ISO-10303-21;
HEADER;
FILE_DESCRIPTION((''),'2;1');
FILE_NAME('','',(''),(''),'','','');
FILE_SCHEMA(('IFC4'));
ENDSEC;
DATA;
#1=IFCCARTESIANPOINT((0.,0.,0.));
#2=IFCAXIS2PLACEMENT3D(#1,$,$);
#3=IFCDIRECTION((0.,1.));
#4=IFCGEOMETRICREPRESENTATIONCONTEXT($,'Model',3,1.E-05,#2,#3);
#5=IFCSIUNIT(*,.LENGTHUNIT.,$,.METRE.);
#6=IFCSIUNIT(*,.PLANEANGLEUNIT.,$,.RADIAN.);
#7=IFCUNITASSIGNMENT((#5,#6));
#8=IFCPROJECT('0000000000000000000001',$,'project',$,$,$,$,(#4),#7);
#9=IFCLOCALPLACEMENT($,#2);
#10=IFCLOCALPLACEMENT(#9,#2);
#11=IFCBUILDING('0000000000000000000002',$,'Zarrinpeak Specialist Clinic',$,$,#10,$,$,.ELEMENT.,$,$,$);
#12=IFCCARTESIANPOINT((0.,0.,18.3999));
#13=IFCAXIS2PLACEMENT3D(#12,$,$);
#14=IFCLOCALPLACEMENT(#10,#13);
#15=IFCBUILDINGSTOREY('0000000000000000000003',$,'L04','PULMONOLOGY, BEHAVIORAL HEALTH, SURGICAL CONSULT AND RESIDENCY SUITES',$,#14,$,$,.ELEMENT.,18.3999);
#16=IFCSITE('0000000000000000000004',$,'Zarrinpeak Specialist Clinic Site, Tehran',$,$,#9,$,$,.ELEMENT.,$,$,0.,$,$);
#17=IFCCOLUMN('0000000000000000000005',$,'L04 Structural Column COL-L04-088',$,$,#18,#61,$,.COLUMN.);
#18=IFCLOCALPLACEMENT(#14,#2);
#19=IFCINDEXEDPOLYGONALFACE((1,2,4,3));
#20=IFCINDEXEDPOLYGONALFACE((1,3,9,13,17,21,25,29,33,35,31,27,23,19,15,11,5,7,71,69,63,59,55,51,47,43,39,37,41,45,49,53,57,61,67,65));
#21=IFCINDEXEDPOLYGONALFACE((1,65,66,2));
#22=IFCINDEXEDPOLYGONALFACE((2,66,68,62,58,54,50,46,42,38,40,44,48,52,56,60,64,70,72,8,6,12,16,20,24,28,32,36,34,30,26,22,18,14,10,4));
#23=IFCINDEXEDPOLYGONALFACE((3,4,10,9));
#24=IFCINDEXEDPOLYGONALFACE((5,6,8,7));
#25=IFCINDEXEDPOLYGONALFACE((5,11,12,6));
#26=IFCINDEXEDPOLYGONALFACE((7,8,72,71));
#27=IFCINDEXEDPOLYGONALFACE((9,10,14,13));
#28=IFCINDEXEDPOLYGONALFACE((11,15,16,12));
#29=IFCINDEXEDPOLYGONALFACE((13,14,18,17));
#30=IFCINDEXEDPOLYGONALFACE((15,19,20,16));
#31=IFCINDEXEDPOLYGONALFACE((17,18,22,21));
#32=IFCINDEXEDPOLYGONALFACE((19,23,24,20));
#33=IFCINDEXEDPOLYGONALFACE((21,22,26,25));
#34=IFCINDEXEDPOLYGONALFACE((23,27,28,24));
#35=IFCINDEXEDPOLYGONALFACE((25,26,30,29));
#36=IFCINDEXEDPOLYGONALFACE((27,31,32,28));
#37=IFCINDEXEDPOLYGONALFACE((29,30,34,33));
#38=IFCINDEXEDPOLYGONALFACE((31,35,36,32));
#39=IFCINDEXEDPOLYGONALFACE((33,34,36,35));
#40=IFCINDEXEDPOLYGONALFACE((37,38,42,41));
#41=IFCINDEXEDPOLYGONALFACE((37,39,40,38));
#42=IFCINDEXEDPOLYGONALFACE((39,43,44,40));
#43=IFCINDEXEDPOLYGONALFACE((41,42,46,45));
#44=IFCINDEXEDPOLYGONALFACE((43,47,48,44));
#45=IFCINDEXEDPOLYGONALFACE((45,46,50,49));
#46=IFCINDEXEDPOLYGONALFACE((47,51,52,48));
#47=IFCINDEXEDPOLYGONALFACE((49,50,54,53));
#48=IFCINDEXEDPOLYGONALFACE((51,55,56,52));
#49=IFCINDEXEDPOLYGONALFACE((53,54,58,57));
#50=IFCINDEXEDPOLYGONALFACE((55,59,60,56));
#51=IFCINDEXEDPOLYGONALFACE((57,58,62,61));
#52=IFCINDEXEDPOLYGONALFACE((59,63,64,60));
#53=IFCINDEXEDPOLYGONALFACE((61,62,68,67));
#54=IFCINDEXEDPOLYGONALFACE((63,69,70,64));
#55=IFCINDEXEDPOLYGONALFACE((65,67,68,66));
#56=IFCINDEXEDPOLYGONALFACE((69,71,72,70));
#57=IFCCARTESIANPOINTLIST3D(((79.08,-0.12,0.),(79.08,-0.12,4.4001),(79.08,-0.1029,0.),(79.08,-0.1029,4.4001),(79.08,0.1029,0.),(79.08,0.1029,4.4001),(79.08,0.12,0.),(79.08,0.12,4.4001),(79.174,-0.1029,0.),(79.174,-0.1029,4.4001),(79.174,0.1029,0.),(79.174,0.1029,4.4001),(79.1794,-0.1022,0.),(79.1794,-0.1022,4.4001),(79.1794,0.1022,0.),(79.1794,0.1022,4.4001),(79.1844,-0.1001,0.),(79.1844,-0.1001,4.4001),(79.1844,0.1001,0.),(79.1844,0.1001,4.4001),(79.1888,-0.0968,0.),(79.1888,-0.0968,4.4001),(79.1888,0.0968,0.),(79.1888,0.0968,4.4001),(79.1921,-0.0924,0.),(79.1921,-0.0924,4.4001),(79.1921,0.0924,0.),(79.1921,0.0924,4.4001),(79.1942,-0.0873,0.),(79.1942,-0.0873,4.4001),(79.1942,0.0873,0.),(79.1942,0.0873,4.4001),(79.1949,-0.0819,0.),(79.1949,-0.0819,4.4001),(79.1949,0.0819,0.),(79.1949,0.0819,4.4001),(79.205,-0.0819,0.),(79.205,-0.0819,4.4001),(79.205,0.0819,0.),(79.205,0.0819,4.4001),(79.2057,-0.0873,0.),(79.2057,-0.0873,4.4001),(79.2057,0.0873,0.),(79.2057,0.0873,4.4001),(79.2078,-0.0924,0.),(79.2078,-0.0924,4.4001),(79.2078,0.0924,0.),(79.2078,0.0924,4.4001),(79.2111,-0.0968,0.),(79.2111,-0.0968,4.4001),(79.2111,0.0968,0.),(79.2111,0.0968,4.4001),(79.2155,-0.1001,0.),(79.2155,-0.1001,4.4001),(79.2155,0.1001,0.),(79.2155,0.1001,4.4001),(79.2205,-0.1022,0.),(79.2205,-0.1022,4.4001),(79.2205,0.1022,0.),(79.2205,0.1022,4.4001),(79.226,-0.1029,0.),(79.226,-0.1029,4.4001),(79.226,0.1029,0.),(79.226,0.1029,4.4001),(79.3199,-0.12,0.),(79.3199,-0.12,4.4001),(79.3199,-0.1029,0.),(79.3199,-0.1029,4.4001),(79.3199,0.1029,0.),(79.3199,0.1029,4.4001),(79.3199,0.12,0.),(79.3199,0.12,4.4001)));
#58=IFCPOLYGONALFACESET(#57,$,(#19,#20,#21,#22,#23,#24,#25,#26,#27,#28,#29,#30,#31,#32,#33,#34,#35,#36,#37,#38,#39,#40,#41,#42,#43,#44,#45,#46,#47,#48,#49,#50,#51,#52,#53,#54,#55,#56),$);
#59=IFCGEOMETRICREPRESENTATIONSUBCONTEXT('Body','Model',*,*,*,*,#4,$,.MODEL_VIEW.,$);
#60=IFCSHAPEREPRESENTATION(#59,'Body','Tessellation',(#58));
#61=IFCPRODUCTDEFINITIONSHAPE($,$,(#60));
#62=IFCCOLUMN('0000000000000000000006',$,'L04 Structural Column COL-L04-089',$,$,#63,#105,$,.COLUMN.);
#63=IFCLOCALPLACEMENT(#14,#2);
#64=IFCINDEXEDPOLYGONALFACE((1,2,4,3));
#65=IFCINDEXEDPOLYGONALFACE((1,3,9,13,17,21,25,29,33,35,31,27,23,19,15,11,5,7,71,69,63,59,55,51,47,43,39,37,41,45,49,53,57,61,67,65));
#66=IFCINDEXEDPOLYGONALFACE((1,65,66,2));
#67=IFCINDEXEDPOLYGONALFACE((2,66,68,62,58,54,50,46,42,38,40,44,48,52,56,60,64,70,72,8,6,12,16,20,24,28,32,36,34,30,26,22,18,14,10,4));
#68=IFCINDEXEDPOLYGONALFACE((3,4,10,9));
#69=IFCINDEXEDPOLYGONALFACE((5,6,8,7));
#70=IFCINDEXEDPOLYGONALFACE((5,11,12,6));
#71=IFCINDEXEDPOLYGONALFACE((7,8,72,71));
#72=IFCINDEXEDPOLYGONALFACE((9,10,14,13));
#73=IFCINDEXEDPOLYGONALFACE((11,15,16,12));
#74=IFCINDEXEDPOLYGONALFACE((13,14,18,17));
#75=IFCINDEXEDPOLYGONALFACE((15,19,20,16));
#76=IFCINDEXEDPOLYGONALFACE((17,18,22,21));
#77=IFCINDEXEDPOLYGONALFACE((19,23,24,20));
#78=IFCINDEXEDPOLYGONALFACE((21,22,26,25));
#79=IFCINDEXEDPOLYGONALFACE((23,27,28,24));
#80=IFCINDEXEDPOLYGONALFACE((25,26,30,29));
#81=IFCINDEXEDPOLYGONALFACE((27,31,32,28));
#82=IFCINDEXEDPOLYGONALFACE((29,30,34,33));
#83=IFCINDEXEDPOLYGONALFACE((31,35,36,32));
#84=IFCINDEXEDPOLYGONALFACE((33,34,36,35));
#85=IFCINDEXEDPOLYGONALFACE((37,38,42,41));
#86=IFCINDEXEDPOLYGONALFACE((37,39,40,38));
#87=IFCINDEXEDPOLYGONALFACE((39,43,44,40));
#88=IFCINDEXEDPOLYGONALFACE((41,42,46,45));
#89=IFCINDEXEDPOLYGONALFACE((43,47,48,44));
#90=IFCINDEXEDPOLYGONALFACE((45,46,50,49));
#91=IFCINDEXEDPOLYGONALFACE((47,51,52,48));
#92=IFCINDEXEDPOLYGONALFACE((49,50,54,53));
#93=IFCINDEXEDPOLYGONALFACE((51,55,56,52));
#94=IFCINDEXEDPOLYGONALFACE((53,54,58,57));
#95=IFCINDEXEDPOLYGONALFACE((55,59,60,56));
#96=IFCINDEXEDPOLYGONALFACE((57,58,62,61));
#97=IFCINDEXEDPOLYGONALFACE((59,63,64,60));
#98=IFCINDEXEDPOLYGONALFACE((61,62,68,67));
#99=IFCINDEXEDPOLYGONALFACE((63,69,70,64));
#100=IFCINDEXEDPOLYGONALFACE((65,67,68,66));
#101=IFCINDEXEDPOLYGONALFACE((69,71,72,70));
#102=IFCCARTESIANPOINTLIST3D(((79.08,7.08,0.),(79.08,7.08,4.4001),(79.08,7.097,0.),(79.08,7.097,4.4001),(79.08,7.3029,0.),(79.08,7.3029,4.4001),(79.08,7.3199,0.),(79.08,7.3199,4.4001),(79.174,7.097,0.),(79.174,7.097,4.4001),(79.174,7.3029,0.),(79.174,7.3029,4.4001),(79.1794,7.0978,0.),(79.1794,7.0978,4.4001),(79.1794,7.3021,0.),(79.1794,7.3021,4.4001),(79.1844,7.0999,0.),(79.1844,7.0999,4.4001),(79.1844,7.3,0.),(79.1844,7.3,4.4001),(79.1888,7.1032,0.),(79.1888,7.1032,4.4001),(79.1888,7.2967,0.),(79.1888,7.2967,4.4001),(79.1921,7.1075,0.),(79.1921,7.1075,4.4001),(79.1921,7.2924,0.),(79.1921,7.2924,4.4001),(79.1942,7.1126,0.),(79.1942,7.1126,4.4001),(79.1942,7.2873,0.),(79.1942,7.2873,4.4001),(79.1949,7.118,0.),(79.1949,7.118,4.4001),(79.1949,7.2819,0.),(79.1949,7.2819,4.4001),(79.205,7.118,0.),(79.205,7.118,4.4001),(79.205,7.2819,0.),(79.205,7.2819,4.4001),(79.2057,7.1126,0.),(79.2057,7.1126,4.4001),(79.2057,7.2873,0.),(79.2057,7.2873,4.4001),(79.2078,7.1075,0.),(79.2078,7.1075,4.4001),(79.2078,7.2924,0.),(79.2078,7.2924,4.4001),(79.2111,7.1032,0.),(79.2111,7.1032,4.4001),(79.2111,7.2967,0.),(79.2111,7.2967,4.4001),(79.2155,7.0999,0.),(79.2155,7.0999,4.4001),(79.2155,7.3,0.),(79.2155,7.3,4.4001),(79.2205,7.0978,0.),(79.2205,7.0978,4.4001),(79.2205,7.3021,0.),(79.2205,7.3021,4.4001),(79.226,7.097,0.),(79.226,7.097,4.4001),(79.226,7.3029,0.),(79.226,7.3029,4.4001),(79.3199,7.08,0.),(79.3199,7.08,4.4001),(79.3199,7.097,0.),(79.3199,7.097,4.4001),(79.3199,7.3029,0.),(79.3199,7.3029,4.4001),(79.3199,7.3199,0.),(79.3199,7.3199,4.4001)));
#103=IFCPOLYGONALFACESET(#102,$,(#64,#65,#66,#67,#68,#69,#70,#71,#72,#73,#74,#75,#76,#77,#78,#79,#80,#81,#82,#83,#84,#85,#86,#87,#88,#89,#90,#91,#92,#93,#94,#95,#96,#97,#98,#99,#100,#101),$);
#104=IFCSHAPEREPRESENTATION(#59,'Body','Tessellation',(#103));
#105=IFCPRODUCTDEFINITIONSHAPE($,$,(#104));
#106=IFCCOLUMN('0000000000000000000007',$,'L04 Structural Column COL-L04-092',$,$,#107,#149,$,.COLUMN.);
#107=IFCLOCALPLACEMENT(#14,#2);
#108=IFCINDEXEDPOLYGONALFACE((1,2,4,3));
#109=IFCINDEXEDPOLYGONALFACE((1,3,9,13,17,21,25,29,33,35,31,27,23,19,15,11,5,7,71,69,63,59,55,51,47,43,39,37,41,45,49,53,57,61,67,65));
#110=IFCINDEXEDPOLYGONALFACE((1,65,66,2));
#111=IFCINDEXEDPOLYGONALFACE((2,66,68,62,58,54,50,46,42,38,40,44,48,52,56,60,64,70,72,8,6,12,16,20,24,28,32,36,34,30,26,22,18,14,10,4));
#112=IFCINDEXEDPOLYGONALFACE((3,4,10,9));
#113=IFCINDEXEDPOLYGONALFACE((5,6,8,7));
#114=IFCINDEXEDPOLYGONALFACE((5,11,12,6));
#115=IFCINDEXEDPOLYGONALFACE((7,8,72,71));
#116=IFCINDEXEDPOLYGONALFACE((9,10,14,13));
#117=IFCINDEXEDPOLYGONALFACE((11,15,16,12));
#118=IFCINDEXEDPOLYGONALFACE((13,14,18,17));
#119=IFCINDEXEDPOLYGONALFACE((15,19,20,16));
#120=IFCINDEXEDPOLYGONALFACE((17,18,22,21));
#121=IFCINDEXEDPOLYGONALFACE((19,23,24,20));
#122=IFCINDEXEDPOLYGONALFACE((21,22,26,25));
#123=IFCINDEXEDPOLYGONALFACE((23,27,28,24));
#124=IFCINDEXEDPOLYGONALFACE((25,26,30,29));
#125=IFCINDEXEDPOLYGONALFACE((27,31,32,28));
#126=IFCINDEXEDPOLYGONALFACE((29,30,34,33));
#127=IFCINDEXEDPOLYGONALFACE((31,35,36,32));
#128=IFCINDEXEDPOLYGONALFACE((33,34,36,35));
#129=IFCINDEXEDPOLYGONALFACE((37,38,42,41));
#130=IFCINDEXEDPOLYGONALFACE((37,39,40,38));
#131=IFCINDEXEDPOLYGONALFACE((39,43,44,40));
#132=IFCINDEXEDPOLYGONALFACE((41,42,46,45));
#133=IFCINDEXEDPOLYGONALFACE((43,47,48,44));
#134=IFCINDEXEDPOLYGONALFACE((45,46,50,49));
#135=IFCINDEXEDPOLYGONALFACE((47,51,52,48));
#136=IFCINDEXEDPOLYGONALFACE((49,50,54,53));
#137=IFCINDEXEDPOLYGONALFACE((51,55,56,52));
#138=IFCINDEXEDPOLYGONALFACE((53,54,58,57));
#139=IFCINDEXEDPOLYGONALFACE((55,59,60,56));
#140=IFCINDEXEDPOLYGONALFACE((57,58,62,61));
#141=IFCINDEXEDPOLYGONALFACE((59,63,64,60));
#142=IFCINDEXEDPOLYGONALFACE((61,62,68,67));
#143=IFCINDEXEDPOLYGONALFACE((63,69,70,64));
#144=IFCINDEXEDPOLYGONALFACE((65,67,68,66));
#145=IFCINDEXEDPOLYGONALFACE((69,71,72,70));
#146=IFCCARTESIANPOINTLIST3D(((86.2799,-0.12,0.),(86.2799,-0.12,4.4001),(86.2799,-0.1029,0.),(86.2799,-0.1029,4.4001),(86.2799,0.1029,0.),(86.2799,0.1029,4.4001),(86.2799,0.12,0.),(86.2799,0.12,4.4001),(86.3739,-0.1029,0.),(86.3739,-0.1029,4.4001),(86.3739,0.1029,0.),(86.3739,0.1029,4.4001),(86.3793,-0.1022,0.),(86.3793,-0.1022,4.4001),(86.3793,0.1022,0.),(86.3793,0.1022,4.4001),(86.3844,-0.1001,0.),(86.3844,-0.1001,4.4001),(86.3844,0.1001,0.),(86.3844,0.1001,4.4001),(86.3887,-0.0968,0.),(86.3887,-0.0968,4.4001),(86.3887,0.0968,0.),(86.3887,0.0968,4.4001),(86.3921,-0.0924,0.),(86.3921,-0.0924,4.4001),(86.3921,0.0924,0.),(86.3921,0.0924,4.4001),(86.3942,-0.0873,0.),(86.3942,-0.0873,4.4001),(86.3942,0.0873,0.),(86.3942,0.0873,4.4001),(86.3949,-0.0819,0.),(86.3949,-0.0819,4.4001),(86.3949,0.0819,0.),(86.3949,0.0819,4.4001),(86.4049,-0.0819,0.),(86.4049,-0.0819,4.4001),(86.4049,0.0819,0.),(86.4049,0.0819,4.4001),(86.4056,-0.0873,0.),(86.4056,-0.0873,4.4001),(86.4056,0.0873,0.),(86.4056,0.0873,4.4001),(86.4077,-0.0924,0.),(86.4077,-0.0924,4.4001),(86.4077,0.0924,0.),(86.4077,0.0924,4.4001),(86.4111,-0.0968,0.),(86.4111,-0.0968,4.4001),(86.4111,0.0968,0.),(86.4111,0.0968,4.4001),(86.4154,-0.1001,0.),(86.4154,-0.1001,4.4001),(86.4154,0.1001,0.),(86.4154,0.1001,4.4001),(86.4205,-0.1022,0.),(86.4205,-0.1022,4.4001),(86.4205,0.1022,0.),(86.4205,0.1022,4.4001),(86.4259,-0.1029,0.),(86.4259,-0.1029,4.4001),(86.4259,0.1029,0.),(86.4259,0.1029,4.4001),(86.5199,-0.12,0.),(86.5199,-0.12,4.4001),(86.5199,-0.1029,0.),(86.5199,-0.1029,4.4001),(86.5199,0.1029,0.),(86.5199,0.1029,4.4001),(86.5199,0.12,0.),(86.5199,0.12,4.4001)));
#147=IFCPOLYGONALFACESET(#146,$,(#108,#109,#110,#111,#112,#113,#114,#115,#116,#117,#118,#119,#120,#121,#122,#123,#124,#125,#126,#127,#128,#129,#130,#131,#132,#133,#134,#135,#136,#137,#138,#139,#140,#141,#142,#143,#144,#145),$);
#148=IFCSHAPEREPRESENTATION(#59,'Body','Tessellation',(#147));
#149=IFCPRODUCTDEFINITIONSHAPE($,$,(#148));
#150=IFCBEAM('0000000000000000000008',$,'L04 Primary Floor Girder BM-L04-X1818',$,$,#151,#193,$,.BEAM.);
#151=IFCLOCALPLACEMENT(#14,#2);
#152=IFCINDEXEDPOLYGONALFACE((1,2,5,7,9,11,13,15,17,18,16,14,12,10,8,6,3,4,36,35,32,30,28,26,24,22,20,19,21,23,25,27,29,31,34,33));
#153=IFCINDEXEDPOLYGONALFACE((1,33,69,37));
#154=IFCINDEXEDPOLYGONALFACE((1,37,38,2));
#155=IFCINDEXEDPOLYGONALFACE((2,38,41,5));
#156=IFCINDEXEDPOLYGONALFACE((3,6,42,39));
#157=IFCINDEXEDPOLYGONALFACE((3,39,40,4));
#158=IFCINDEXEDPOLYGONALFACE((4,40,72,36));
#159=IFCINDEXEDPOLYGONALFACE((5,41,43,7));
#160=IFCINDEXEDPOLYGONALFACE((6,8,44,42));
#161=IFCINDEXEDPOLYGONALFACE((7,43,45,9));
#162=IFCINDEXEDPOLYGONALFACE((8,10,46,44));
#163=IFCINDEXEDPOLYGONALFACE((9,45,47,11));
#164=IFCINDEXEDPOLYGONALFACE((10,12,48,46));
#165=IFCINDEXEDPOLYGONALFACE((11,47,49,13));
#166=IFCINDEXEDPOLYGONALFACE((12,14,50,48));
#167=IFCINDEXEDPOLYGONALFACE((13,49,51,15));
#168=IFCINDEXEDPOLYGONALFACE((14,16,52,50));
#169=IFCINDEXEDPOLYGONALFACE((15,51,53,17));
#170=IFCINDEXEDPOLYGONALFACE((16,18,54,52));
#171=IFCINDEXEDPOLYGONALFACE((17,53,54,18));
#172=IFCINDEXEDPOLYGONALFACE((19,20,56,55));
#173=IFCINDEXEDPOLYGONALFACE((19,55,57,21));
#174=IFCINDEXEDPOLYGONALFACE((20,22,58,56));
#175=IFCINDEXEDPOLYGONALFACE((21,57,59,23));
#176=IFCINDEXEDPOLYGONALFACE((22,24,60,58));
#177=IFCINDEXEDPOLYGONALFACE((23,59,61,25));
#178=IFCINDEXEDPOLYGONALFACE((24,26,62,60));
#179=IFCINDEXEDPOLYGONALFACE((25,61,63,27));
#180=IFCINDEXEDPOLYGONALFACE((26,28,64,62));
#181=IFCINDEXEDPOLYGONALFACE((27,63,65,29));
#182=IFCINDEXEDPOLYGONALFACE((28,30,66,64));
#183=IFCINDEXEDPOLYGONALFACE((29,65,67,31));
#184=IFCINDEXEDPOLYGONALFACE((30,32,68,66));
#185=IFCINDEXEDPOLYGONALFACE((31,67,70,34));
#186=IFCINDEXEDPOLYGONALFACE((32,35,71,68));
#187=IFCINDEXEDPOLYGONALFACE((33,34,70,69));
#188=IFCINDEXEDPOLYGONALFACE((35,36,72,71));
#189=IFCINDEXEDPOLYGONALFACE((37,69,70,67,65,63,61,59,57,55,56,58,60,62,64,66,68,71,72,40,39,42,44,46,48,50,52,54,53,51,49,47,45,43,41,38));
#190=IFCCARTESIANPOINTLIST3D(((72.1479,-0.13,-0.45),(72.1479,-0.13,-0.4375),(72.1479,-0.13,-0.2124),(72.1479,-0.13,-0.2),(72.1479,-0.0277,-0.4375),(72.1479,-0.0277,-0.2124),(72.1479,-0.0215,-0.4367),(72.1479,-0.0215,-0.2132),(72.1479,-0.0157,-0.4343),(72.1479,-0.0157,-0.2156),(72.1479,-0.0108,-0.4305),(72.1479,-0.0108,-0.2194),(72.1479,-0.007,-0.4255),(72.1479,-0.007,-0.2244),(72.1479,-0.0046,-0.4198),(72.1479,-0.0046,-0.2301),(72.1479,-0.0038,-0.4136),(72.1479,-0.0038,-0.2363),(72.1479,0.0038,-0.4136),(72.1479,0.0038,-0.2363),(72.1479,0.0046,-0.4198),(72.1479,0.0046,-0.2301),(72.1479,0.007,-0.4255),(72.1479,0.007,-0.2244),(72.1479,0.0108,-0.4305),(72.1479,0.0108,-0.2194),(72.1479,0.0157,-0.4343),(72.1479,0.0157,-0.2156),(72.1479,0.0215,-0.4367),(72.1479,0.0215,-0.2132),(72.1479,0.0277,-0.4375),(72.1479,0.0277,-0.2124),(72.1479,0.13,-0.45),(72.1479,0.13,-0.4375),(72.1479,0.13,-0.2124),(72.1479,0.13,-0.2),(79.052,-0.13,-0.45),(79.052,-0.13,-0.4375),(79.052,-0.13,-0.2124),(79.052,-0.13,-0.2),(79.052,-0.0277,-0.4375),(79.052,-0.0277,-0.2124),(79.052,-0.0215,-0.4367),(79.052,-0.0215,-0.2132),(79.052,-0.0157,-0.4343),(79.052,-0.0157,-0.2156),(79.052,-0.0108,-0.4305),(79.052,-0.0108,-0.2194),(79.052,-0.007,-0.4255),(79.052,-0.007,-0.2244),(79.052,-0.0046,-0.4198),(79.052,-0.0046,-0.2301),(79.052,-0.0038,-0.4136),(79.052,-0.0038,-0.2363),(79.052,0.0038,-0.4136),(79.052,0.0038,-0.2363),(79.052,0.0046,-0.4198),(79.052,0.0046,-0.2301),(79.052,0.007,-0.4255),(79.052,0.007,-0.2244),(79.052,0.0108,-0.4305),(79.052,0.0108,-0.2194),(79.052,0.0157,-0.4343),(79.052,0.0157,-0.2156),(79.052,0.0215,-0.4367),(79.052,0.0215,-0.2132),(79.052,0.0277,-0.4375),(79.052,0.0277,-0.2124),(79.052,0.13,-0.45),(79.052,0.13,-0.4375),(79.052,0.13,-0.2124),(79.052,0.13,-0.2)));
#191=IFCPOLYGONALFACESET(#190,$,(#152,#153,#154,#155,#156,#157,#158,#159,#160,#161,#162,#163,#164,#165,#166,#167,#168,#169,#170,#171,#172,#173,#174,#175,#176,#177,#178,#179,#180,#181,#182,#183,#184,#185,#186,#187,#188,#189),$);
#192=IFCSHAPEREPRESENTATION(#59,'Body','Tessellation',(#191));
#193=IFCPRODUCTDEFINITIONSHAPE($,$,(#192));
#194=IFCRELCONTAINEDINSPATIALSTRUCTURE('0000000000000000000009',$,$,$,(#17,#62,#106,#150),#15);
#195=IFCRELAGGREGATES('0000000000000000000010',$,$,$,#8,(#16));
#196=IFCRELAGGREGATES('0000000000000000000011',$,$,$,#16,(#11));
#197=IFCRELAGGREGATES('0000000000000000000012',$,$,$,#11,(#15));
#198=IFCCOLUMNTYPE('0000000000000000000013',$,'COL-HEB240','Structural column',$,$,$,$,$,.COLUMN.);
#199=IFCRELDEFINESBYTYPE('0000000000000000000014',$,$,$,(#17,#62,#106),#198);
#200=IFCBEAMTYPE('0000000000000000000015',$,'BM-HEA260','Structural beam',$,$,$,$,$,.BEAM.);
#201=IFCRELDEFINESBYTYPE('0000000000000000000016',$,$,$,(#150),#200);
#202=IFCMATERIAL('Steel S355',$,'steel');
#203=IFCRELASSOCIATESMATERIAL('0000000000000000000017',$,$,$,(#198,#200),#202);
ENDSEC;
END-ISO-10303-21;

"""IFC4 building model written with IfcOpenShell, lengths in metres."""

from ifc_helpers import new_model, si_unit, direction, frame, origin, origin_2d, place, context, subcontext, project, spatial, i_section, extrude, material, material_profile, profile_set, type_object, element, save


model = new_model("IFC4")

# Units and contexts
model_context = context("Model", 3, precision=1e-05, world=origin(), true_north=direction((0.0, 1.0)))
body_context = subcontext(model_context, "Body", "Model", "MODEL_VIEW")
ifc_project = project(units=[si_unit("LENGTHUNIT", "METRE"), si_unit("PLANEANGLEUNIT", "RADIAN")], contexts=[model_context])

# Site, building, storey
site_placement = place(None, origin())
site = spatial("IfcSite", under=ifc_project, at=site_placement, Name="Zarrinpeak Specialist Clinic Site, Tehran", CompositionType="ELEMENT", RefElevation=0.0)
building_placement = place(site_placement, origin())
building = spatial("IfcBuilding", under=site, at=building_placement, Name="Zarrinpeak Specialist Clinic", CompositionType="ELEMENT")
storey_placement = place(building_placement, frame((0.0, 0.0, 18.3999)))
storey = spatial("IfcBuildingStorey", under=building, at=storey_placement, Name="L04", Description="PULMONOLOGY, BEHAVIORAL HEALTH, SURGICAL CONSULT AND RESIDENCY SUITES", CompositionType="ELEMENT", Elevation=18.3999)

# Columns
ifc_material_1 = material(Name="Steel S355", Category="steel")
ifc_material_profile_1 = material_profile(ifc_material_1, i_section(OverallWidth=0.24, OverallDepth=0.24, WebThickness=0.01, FlangeThickness=0.0171, FilletRadius=0.021, at=origin_2d()), Name="HEB 240")
ifc_profile_set_1 = profile_set([ifc_material_profile_1], Name="Steel S355")
column_type = type_object("IfcColumnType", Name="COL-HEB240", Description="Structural column", PredefinedType="COLUMN", material=ifc_profile_set_1)
for number, where, z_axis, x_axis, name in (
    (1, (79.2, 0.0, 0.0), (0.0, 0.0, 1.0), (1.0, 0.0, 0.0), "L04 Structural Column COL-L04-088"),
    (2, (79.2, 7.2, 0.0), (0.0, 0.0, 1.0), (1.0, 0.0, 0.0), "L04 Structural Column COL-L04-089"),
    (3, (86.3999, 0.0, 0.0), (0.0, 0.0, 1.0), (1.0, 0.0, 0.0), "L04 Structural Column COL-L04-092"),
):
    element("IfcColumn", number, at=place(storey_placement, frame(where, z_axis=z_axis, x_axis=x_axis)), inside=storey, type_object=column_type, Name=name, PredefinedType="COLUMN", context=body_context, shape_type="SweptSolid", body=[
        extrude(i_section(OverallWidth=0.24, OverallDepth=0.24, WebThickness=0.01, FlangeThickness=0.0171, FilletRadius=0.021, at=origin_2d()), origin(), (0.0, 0.0, 1.0), 4.4001),
    ])

# Beam
ifc_material_profile_2 = material_profile(ifc_material_1, i_section(OverallWidth=0.26, OverallDepth=0.25, WebThickness=0.0076, FlangeThickness=0.0125, FilletRadius=0.0239, at=origin_2d()), Name="HEA 260")
ifc_profile_set_2 = profile_set([ifc_material_profile_2], Name="Steel S355")
beam_type_1 = type_object("IfcBeamType", Name="BM-HEA260", Description="Structural beam", PredefinedType="BEAM", material=ifc_profile_set_2)
for number, where, z_axis, x_axis, name in (
    (4, (72.1479, 0.0, -0.325), (1.0, 0.0, 0.0), (0.0, 1.0, 0.0), "L04 Primary Floor Girder BM-L04-X1818"),
):
    element("IfcBeam", number, at=place(storey_placement, frame(where, z_axis=z_axis, x_axis=x_axis)), inside=storey, type_object=beam_type_1, Name=name, PredefinedType="BEAM", context=body_context, shape_type="SweptSolid", body=[
        extrude(i_section(OverallWidth=0.26, OverallDepth=0.25, WebThickness=0.0076, FlangeThickness=0.0125, FilletRadius=0.0239, at=origin_2d()), origin(), (0.0, 0.0, 1.0), 6.9041),
    ])

save(model, "model.ifc")
